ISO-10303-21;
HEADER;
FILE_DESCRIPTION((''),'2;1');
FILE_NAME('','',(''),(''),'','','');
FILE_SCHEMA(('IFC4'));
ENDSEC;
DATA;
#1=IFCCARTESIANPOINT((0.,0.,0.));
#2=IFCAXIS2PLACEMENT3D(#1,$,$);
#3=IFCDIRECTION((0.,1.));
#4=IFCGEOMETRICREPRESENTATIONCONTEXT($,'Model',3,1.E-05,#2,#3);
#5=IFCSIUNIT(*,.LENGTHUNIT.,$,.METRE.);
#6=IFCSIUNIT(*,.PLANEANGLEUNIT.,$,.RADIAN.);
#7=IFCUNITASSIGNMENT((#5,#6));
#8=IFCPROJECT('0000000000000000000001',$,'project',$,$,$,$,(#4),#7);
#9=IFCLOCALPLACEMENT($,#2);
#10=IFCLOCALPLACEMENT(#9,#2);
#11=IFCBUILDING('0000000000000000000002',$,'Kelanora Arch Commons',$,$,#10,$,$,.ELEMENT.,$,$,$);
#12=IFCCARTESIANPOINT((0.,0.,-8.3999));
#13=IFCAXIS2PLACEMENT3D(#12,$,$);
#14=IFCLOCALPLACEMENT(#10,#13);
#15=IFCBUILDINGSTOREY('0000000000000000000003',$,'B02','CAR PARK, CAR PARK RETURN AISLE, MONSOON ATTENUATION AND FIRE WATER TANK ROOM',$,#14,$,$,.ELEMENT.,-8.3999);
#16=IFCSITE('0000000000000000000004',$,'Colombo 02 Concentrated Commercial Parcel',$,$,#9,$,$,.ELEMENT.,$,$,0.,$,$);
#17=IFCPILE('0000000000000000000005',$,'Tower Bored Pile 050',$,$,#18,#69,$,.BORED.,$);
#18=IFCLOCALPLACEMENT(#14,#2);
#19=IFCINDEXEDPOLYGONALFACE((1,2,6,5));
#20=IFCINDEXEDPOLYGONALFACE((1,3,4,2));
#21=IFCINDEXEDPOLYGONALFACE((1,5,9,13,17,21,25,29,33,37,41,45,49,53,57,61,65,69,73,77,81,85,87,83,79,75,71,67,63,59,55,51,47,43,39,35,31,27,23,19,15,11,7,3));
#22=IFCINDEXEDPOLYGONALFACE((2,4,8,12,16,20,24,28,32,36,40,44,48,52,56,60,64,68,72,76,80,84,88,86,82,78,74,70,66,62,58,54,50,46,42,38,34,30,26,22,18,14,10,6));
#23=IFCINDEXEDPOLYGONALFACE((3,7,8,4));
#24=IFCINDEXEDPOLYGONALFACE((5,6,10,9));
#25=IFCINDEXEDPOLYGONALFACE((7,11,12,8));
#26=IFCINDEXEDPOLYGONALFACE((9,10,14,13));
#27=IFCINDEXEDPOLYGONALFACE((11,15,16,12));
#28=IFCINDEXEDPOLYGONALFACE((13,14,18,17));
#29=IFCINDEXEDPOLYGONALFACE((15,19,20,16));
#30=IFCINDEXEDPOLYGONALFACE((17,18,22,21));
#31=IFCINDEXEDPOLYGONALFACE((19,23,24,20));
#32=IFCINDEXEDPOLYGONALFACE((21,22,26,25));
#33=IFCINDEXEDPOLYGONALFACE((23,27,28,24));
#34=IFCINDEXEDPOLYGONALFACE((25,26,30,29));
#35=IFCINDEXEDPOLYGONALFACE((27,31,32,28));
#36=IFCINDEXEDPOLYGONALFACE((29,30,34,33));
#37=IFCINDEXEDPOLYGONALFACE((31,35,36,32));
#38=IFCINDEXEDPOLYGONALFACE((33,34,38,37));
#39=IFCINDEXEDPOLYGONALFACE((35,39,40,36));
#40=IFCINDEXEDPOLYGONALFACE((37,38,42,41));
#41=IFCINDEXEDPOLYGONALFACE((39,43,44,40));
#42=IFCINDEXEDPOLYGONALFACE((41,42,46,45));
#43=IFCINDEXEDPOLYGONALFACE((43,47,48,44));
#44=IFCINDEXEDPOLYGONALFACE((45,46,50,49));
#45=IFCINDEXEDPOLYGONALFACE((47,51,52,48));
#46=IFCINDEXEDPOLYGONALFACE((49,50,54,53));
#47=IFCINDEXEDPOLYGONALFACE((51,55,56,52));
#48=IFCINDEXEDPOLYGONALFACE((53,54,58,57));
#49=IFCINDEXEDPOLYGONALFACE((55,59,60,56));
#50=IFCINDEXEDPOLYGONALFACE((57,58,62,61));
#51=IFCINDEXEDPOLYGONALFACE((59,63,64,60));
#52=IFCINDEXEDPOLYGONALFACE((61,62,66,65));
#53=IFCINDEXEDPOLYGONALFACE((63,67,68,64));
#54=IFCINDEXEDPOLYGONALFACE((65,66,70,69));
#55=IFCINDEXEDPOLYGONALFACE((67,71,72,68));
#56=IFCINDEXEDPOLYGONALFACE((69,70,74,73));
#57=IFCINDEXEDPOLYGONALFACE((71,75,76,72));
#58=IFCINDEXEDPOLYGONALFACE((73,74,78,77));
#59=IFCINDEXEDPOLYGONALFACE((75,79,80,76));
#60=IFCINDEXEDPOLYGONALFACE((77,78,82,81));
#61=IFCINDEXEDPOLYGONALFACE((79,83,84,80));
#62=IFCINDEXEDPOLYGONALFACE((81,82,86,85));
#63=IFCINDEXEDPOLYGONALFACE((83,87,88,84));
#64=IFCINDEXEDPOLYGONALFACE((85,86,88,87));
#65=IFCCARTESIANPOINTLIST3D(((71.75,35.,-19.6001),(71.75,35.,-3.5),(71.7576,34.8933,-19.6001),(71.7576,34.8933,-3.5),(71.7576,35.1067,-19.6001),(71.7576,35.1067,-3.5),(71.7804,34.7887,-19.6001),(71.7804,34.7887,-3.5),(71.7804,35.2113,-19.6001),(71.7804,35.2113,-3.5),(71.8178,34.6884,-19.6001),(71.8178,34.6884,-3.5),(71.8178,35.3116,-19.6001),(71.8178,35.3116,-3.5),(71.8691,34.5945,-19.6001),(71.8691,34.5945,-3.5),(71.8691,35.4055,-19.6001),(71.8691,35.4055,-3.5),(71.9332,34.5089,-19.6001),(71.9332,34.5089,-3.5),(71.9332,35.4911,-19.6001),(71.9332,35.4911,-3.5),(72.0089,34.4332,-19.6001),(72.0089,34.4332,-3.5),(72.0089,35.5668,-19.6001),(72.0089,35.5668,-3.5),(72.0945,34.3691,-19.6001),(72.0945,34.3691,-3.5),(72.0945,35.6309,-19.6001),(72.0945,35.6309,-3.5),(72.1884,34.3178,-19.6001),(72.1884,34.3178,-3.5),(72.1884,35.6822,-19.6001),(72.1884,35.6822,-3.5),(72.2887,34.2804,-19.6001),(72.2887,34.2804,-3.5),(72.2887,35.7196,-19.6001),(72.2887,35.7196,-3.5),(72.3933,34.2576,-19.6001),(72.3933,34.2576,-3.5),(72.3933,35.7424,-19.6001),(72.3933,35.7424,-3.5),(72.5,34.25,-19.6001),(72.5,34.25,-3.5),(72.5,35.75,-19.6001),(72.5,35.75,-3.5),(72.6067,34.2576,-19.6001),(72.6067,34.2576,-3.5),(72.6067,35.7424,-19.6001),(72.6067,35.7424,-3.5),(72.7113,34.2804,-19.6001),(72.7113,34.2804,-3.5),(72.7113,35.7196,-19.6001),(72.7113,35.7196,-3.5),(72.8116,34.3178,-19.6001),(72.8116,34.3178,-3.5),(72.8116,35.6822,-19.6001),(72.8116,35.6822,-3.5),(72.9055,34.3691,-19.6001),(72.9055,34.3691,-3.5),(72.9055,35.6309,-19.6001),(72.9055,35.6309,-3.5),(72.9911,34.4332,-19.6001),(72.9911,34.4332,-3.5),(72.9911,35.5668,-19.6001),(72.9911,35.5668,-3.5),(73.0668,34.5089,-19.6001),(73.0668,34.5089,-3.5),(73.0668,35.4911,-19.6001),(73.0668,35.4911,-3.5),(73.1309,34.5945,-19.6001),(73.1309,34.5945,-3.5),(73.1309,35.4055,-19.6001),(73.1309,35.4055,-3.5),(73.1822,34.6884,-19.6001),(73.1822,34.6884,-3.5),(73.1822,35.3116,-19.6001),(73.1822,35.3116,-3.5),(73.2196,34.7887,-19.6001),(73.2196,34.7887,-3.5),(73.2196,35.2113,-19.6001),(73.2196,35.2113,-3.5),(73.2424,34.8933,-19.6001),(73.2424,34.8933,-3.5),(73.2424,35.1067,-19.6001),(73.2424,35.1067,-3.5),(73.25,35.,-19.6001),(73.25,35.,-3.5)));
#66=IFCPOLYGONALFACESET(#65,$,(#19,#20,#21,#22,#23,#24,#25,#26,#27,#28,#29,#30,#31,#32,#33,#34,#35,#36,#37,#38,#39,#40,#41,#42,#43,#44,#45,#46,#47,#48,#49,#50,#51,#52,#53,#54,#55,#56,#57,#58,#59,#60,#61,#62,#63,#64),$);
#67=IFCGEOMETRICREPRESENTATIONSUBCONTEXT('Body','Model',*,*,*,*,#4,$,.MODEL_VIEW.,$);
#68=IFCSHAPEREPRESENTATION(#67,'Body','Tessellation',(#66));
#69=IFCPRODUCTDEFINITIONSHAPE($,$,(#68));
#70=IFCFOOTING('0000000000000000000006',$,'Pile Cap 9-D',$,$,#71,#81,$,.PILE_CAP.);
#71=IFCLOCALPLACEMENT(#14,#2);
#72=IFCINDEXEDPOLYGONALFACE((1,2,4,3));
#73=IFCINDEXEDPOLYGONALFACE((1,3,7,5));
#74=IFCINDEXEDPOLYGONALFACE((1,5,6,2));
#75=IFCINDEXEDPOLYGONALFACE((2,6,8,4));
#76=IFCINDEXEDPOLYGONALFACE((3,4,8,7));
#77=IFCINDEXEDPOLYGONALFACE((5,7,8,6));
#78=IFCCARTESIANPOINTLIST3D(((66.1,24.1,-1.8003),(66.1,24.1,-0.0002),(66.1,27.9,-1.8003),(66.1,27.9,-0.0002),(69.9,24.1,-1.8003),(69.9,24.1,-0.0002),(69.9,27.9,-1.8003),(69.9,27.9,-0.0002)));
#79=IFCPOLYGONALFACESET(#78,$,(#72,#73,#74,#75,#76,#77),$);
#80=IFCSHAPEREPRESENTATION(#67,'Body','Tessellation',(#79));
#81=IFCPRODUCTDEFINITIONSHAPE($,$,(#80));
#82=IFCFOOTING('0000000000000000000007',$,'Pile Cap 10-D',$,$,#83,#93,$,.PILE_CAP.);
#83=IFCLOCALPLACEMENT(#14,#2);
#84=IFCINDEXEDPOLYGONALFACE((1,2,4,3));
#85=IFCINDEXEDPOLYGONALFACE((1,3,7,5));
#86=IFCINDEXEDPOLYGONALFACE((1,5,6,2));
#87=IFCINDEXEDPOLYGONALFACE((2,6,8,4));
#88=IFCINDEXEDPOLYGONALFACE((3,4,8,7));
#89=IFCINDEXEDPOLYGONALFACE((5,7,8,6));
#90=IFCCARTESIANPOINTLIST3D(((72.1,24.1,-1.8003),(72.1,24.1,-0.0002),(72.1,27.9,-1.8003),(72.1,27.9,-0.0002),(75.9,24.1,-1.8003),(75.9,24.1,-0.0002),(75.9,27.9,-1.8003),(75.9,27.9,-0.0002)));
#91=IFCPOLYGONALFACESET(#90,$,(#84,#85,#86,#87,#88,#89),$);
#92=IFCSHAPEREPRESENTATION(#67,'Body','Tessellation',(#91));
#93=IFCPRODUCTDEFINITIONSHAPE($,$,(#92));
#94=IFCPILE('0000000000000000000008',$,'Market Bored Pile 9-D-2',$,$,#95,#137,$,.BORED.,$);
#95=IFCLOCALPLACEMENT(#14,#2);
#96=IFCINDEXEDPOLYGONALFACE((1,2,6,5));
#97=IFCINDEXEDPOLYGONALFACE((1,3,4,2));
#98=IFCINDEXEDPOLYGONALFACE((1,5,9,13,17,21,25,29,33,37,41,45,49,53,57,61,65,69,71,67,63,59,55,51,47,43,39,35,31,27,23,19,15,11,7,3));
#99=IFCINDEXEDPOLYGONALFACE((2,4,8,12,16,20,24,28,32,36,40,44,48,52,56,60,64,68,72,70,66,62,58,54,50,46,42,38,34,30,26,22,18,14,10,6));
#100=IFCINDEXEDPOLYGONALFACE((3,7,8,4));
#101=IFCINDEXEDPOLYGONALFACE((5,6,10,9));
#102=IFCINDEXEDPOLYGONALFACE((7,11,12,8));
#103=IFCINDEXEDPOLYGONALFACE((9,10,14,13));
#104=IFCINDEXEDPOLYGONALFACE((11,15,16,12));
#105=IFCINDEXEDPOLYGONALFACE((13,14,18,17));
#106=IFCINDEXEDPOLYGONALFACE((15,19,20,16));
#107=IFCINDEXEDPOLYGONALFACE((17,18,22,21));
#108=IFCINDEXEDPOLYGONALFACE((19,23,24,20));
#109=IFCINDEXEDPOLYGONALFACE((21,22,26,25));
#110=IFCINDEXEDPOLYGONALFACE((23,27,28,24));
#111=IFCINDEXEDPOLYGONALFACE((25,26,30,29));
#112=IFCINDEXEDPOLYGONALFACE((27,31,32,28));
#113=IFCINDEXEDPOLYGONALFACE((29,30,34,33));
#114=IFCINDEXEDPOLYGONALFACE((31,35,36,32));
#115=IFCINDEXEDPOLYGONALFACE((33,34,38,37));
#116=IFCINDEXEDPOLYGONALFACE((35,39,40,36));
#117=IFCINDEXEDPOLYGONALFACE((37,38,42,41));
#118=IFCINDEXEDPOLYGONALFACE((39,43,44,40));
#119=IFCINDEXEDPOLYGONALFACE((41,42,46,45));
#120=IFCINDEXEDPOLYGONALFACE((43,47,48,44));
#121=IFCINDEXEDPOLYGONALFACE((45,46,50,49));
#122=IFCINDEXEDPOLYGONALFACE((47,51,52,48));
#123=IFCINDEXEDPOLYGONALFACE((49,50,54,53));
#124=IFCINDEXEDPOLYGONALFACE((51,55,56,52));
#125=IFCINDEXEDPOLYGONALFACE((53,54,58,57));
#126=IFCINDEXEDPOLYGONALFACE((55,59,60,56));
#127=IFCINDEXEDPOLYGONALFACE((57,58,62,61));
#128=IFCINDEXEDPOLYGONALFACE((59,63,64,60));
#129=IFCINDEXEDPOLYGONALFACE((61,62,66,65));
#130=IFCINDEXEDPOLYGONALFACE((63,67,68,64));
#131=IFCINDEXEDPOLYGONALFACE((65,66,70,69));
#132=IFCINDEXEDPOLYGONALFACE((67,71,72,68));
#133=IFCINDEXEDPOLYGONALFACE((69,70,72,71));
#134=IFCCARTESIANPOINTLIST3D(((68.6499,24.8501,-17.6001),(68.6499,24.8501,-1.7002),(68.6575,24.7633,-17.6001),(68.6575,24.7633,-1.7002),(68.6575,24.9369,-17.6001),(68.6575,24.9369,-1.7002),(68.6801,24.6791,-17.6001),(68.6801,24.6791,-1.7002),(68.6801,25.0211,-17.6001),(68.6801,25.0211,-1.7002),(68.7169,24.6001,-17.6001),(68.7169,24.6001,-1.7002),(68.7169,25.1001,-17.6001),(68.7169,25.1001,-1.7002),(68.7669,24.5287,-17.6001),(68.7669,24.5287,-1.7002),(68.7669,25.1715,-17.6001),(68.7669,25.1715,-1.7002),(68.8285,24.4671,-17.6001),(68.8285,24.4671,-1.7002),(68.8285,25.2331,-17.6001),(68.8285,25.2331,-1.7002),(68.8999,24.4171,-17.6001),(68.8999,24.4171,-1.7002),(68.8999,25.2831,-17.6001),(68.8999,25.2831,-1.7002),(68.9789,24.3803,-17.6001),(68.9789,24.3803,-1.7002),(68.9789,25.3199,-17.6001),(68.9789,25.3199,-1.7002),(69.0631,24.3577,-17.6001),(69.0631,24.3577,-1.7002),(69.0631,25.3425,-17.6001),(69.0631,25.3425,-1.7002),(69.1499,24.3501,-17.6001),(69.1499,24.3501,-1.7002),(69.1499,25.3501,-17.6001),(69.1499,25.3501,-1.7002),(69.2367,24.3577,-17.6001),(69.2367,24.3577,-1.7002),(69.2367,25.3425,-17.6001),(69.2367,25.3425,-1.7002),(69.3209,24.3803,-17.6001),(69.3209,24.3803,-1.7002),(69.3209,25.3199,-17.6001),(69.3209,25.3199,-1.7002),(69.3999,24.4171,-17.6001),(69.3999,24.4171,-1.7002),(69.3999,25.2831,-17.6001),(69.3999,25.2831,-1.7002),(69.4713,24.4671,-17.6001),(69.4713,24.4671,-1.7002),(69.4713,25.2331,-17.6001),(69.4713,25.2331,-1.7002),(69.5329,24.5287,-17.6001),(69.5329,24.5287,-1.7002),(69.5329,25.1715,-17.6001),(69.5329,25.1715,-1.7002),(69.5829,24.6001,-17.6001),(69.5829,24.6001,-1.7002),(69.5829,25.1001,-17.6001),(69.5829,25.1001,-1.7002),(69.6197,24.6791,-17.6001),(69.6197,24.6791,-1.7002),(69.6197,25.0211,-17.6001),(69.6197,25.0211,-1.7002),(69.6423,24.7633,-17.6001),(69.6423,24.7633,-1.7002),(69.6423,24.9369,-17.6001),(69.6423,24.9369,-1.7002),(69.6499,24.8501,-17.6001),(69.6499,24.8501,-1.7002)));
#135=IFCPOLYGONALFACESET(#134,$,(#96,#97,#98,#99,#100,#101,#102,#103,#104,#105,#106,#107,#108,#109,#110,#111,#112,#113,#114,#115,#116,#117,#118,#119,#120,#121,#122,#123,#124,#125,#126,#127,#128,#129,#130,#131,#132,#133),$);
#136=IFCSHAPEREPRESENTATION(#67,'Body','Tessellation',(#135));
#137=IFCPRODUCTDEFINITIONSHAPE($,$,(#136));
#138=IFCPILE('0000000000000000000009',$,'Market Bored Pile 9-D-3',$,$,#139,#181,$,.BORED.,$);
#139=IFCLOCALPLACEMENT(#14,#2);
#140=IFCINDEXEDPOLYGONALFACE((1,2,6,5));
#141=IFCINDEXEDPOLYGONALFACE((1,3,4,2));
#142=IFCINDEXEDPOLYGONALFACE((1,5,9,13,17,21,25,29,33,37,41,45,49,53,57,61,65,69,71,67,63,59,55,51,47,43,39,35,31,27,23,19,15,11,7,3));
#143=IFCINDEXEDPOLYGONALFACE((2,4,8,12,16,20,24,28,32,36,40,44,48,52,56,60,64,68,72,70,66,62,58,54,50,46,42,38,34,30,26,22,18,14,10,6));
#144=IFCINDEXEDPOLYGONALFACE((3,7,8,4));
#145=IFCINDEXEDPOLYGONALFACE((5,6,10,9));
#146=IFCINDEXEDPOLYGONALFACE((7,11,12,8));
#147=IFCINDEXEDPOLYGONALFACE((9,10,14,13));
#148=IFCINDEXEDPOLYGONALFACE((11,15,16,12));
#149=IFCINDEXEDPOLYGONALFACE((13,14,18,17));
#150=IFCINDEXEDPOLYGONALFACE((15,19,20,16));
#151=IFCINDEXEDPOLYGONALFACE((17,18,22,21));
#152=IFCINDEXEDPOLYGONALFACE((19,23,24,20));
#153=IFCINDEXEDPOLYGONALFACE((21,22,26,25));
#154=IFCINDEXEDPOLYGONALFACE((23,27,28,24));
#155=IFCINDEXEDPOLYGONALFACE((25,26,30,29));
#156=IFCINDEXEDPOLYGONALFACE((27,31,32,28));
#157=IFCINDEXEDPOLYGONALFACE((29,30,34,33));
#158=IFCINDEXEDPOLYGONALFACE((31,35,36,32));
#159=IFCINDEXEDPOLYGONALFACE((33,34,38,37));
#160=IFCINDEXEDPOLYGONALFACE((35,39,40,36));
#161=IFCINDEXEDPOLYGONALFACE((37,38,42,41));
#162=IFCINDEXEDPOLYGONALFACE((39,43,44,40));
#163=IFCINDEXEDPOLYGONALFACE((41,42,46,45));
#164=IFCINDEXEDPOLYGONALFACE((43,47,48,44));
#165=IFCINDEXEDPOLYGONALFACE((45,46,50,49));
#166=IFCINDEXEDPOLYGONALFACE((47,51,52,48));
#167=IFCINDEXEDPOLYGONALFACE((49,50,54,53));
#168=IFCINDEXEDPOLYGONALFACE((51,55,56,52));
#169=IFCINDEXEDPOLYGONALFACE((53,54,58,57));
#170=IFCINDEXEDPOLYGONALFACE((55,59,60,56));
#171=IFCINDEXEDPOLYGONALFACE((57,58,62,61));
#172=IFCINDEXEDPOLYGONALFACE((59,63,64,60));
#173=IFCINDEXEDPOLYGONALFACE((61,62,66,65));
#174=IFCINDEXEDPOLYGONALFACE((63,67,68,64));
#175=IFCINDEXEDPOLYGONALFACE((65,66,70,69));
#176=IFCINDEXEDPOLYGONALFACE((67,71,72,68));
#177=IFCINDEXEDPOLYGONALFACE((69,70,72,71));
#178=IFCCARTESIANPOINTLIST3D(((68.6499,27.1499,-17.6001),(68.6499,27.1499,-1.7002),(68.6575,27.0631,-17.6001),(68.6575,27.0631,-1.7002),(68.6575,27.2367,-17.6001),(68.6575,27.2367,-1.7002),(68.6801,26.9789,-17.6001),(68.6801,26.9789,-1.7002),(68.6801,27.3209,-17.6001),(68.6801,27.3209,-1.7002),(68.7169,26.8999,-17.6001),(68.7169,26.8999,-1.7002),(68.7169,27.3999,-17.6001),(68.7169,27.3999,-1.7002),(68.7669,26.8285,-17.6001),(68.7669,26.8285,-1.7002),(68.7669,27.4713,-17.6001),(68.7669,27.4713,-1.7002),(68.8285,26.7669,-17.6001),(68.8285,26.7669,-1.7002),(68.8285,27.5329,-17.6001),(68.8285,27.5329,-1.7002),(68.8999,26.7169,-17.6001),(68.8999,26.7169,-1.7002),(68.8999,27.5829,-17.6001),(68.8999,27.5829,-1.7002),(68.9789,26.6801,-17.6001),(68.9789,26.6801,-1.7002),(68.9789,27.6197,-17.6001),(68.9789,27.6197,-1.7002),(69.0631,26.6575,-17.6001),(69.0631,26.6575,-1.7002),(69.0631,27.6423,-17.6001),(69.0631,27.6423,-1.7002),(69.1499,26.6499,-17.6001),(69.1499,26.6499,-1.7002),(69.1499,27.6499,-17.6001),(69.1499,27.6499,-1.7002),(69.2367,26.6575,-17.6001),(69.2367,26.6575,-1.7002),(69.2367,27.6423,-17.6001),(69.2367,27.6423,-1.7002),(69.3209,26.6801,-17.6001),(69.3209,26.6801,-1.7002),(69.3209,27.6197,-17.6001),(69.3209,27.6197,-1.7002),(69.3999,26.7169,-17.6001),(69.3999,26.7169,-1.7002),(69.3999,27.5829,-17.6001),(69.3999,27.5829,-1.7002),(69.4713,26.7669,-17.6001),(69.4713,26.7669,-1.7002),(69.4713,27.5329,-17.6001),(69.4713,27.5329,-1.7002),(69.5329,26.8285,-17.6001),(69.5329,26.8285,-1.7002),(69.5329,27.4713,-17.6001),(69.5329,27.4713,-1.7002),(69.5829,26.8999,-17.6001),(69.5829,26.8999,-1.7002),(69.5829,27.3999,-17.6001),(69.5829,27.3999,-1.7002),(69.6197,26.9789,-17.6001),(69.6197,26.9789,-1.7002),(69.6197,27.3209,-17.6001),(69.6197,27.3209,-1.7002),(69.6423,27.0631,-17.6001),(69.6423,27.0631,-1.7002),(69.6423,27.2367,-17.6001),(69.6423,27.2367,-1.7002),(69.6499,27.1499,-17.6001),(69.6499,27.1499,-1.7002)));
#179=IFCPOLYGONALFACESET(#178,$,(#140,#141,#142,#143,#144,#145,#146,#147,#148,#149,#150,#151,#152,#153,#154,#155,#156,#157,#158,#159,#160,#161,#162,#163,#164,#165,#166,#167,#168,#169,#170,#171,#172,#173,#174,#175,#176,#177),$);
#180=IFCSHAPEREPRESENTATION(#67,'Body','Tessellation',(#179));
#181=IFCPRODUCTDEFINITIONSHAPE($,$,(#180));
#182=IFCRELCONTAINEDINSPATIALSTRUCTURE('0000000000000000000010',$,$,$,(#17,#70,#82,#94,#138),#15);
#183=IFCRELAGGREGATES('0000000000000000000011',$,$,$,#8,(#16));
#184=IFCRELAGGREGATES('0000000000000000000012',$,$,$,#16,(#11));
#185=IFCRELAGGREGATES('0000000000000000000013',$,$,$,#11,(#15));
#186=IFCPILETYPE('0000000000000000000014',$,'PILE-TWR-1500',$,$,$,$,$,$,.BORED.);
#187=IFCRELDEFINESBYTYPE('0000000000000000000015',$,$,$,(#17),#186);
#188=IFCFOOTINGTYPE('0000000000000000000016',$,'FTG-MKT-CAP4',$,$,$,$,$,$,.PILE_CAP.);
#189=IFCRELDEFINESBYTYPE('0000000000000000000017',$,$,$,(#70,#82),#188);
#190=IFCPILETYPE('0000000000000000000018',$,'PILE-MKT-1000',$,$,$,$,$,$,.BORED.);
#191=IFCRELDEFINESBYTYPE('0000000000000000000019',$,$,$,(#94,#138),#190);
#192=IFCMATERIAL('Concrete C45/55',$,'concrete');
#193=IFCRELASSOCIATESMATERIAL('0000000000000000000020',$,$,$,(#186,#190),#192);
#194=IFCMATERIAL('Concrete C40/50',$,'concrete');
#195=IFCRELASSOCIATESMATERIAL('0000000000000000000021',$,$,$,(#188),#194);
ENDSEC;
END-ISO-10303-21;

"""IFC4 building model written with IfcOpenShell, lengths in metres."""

from ifc_helpers import new_model, si_unit, direction, frame, origin, origin_2d, place, context, subcontext, project, spatial, rectangle, circle, extrude, source, transform, mapped, material, material_profile, profile_set, type_object, element, save


model = new_model("IFC4")

# Units and contexts
model_context = context("Model", 3, precision=1e-05, world=origin(), true_north=direction((0.0, 1.0)))
body_context = subcontext(model_context, "Body", "Model", "MODEL_VIEW")
ifc_project = project(units=[si_unit("LENGTHUNIT", "METRE"), si_unit("PLANEANGLEUNIT", "RADIAN")], contexts=[model_context])

# Site, building, storey
site_placement = place(None, origin())
site = spatial("IfcSite", under=ifc_project, at=site_placement, Name="Colombo 02 Concentrated Commercial Parcel", CompositionType="ELEMENT", RefElevation=0.0)
building_placement = place(site_placement, origin())
building = spatial("IfcBuilding", under=site, at=building_placement, Name="Kelanora Arch Commons", CompositionType="ELEMENT")
storey_placement = place(building_placement, frame((0.0, 0.0, -8.3999)))
storey = spatial("IfcBuildingStorey", under=building, at=storey_placement, Name="B02", Description="CAR PARK, CAR PARK RETURN AISLE, MONSOON ATTENUATION AND FIRE WATER TANK ROOM", CompositionType="ELEMENT", Elevation=-8.3999)

# Pile
ifc_material_1 = material(Name="Concrete C45/55", Category="concrete")
ifc_material_profile_1 = material_profile(ifc_material_1, circle(Radius=0.75, at=origin_2d()), Name="PILE1500")
ifc_profile_set_1 = profile_set([ifc_material_profile_1], Name="Concrete C45/55")
pile_type_1 = type_object("IfcPileType", Name="PILE-TWR-1500", PredefinedType="BORED", material=ifc_profile_set_1)
shared_shape_1 = source(origin(), body_context, "Body", "SweptSolid", [
    extrude(circle(Radius=0.75, at=origin_2d()), origin(), (0.0, 0.0, 1.0), 16.1001),
])
for number, where, z_axis, x_axis, name in (
    (1, (72.5, 35.0, -3.5), (0.0, 0.0, -1.0), (1.0, 0.0, 0.0), "Tower Bored Pile 050"),
):
    element("IfcPile", number, at=place(storey_placement, frame(where, z_axis=z_axis, x_axis=x_axis)), inside=storey, type_object=pile_type_1, Name=name, PredefinedType="BORED", context=body_context, shape_type="MappedRepresentation", body=[
        mapped(shared_shape_1, transform((0.0, 0.0, 0.0), scale=1.0)),
    ])

# Footings
ifc_material_2 = material(Name="Concrete C40/50", Category="concrete")
footing_type_1 = type_object("IfcFootingType", Name="FTG-MKT-CAP4", PredefinedType="PILE_CAP", material=ifc_material_2)
shared_shape_2 = source(origin(), body_context, "Body", "SweptSolid", [
    extrude(rectangle(XDim=3.8, YDim=3.8, at=origin_2d()), origin(), (0.0, 0.0, 1.0), 1.8),
])
for number, where, z_axis, x_axis, name in (
    (2, (68.0, 26.0, -1.8003), (0.0, 0.0, 1.0), (1.0, 0.0, 0.0), "Pile Cap 9-D"),
    (3, (74.0, 26.0, -1.8003), (0.0, 0.0, 1.0), (1.0, 0.0, 0.0), "Pile Cap 10-D"),
):
    element("IfcFooting", number, at=place(storey_placement, frame(where, z_axis=z_axis, x_axis=x_axis)), inside=storey, type_object=footing_type_1, Name=name, PredefinedType="PILE_CAP", context=body_context, shape_type="MappedRepresentation", body=[
        mapped(shared_shape_2, transform((0.0, 0.0, 0.0), scale=1.0)),
    ])

# Piles
ifc_material_profile_2 = material_profile(ifc_material_1, circle(Radius=0.5, at=origin_2d()), Name="PILE1000")
ifc_profile_set_2 = profile_set([ifc_material_profile_2], Name="Concrete C45/55")
pile_type_2 = type_object("IfcPileType", Name="PILE-MKT-1000", PredefinedType="BORED", material=ifc_profile_set_2)
shared_shape_3 = source(origin(), body_context, "Body", "SweptSolid", [
    extrude(circle(Radius=0.5, at=origin_2d()), origin(), (0.0, 0.0, 1.0), 15.8999),
])
for number, where, z_axis, x_axis, name in (
    (4, (69.1499, 24.8501, -1.7002), (0.0, 0.0, -1.0), (1.0, 0.0, 0.0), "Market Bored Pile 9-D-2"),
    (5, (69.1499, 27.1499, -1.7002), (0.0, 0.0, -1.0), (1.0, 0.0, 0.0), "Market Bored Pile 9-D-3"),
):
    element("IfcPile", number, at=place(storey_placement, frame(where, z_axis=z_axis, x_axis=x_axis)), inside=storey, type_object=pile_type_2, Name=name, PredefinedType="BORED", context=body_context, shape_type="MappedRepresentation", body=[
        mapped(shared_shape_3, transform((0.0, 0.0, 0.0), scale=1.0)),
    ])

save(model, "model.ifc")
